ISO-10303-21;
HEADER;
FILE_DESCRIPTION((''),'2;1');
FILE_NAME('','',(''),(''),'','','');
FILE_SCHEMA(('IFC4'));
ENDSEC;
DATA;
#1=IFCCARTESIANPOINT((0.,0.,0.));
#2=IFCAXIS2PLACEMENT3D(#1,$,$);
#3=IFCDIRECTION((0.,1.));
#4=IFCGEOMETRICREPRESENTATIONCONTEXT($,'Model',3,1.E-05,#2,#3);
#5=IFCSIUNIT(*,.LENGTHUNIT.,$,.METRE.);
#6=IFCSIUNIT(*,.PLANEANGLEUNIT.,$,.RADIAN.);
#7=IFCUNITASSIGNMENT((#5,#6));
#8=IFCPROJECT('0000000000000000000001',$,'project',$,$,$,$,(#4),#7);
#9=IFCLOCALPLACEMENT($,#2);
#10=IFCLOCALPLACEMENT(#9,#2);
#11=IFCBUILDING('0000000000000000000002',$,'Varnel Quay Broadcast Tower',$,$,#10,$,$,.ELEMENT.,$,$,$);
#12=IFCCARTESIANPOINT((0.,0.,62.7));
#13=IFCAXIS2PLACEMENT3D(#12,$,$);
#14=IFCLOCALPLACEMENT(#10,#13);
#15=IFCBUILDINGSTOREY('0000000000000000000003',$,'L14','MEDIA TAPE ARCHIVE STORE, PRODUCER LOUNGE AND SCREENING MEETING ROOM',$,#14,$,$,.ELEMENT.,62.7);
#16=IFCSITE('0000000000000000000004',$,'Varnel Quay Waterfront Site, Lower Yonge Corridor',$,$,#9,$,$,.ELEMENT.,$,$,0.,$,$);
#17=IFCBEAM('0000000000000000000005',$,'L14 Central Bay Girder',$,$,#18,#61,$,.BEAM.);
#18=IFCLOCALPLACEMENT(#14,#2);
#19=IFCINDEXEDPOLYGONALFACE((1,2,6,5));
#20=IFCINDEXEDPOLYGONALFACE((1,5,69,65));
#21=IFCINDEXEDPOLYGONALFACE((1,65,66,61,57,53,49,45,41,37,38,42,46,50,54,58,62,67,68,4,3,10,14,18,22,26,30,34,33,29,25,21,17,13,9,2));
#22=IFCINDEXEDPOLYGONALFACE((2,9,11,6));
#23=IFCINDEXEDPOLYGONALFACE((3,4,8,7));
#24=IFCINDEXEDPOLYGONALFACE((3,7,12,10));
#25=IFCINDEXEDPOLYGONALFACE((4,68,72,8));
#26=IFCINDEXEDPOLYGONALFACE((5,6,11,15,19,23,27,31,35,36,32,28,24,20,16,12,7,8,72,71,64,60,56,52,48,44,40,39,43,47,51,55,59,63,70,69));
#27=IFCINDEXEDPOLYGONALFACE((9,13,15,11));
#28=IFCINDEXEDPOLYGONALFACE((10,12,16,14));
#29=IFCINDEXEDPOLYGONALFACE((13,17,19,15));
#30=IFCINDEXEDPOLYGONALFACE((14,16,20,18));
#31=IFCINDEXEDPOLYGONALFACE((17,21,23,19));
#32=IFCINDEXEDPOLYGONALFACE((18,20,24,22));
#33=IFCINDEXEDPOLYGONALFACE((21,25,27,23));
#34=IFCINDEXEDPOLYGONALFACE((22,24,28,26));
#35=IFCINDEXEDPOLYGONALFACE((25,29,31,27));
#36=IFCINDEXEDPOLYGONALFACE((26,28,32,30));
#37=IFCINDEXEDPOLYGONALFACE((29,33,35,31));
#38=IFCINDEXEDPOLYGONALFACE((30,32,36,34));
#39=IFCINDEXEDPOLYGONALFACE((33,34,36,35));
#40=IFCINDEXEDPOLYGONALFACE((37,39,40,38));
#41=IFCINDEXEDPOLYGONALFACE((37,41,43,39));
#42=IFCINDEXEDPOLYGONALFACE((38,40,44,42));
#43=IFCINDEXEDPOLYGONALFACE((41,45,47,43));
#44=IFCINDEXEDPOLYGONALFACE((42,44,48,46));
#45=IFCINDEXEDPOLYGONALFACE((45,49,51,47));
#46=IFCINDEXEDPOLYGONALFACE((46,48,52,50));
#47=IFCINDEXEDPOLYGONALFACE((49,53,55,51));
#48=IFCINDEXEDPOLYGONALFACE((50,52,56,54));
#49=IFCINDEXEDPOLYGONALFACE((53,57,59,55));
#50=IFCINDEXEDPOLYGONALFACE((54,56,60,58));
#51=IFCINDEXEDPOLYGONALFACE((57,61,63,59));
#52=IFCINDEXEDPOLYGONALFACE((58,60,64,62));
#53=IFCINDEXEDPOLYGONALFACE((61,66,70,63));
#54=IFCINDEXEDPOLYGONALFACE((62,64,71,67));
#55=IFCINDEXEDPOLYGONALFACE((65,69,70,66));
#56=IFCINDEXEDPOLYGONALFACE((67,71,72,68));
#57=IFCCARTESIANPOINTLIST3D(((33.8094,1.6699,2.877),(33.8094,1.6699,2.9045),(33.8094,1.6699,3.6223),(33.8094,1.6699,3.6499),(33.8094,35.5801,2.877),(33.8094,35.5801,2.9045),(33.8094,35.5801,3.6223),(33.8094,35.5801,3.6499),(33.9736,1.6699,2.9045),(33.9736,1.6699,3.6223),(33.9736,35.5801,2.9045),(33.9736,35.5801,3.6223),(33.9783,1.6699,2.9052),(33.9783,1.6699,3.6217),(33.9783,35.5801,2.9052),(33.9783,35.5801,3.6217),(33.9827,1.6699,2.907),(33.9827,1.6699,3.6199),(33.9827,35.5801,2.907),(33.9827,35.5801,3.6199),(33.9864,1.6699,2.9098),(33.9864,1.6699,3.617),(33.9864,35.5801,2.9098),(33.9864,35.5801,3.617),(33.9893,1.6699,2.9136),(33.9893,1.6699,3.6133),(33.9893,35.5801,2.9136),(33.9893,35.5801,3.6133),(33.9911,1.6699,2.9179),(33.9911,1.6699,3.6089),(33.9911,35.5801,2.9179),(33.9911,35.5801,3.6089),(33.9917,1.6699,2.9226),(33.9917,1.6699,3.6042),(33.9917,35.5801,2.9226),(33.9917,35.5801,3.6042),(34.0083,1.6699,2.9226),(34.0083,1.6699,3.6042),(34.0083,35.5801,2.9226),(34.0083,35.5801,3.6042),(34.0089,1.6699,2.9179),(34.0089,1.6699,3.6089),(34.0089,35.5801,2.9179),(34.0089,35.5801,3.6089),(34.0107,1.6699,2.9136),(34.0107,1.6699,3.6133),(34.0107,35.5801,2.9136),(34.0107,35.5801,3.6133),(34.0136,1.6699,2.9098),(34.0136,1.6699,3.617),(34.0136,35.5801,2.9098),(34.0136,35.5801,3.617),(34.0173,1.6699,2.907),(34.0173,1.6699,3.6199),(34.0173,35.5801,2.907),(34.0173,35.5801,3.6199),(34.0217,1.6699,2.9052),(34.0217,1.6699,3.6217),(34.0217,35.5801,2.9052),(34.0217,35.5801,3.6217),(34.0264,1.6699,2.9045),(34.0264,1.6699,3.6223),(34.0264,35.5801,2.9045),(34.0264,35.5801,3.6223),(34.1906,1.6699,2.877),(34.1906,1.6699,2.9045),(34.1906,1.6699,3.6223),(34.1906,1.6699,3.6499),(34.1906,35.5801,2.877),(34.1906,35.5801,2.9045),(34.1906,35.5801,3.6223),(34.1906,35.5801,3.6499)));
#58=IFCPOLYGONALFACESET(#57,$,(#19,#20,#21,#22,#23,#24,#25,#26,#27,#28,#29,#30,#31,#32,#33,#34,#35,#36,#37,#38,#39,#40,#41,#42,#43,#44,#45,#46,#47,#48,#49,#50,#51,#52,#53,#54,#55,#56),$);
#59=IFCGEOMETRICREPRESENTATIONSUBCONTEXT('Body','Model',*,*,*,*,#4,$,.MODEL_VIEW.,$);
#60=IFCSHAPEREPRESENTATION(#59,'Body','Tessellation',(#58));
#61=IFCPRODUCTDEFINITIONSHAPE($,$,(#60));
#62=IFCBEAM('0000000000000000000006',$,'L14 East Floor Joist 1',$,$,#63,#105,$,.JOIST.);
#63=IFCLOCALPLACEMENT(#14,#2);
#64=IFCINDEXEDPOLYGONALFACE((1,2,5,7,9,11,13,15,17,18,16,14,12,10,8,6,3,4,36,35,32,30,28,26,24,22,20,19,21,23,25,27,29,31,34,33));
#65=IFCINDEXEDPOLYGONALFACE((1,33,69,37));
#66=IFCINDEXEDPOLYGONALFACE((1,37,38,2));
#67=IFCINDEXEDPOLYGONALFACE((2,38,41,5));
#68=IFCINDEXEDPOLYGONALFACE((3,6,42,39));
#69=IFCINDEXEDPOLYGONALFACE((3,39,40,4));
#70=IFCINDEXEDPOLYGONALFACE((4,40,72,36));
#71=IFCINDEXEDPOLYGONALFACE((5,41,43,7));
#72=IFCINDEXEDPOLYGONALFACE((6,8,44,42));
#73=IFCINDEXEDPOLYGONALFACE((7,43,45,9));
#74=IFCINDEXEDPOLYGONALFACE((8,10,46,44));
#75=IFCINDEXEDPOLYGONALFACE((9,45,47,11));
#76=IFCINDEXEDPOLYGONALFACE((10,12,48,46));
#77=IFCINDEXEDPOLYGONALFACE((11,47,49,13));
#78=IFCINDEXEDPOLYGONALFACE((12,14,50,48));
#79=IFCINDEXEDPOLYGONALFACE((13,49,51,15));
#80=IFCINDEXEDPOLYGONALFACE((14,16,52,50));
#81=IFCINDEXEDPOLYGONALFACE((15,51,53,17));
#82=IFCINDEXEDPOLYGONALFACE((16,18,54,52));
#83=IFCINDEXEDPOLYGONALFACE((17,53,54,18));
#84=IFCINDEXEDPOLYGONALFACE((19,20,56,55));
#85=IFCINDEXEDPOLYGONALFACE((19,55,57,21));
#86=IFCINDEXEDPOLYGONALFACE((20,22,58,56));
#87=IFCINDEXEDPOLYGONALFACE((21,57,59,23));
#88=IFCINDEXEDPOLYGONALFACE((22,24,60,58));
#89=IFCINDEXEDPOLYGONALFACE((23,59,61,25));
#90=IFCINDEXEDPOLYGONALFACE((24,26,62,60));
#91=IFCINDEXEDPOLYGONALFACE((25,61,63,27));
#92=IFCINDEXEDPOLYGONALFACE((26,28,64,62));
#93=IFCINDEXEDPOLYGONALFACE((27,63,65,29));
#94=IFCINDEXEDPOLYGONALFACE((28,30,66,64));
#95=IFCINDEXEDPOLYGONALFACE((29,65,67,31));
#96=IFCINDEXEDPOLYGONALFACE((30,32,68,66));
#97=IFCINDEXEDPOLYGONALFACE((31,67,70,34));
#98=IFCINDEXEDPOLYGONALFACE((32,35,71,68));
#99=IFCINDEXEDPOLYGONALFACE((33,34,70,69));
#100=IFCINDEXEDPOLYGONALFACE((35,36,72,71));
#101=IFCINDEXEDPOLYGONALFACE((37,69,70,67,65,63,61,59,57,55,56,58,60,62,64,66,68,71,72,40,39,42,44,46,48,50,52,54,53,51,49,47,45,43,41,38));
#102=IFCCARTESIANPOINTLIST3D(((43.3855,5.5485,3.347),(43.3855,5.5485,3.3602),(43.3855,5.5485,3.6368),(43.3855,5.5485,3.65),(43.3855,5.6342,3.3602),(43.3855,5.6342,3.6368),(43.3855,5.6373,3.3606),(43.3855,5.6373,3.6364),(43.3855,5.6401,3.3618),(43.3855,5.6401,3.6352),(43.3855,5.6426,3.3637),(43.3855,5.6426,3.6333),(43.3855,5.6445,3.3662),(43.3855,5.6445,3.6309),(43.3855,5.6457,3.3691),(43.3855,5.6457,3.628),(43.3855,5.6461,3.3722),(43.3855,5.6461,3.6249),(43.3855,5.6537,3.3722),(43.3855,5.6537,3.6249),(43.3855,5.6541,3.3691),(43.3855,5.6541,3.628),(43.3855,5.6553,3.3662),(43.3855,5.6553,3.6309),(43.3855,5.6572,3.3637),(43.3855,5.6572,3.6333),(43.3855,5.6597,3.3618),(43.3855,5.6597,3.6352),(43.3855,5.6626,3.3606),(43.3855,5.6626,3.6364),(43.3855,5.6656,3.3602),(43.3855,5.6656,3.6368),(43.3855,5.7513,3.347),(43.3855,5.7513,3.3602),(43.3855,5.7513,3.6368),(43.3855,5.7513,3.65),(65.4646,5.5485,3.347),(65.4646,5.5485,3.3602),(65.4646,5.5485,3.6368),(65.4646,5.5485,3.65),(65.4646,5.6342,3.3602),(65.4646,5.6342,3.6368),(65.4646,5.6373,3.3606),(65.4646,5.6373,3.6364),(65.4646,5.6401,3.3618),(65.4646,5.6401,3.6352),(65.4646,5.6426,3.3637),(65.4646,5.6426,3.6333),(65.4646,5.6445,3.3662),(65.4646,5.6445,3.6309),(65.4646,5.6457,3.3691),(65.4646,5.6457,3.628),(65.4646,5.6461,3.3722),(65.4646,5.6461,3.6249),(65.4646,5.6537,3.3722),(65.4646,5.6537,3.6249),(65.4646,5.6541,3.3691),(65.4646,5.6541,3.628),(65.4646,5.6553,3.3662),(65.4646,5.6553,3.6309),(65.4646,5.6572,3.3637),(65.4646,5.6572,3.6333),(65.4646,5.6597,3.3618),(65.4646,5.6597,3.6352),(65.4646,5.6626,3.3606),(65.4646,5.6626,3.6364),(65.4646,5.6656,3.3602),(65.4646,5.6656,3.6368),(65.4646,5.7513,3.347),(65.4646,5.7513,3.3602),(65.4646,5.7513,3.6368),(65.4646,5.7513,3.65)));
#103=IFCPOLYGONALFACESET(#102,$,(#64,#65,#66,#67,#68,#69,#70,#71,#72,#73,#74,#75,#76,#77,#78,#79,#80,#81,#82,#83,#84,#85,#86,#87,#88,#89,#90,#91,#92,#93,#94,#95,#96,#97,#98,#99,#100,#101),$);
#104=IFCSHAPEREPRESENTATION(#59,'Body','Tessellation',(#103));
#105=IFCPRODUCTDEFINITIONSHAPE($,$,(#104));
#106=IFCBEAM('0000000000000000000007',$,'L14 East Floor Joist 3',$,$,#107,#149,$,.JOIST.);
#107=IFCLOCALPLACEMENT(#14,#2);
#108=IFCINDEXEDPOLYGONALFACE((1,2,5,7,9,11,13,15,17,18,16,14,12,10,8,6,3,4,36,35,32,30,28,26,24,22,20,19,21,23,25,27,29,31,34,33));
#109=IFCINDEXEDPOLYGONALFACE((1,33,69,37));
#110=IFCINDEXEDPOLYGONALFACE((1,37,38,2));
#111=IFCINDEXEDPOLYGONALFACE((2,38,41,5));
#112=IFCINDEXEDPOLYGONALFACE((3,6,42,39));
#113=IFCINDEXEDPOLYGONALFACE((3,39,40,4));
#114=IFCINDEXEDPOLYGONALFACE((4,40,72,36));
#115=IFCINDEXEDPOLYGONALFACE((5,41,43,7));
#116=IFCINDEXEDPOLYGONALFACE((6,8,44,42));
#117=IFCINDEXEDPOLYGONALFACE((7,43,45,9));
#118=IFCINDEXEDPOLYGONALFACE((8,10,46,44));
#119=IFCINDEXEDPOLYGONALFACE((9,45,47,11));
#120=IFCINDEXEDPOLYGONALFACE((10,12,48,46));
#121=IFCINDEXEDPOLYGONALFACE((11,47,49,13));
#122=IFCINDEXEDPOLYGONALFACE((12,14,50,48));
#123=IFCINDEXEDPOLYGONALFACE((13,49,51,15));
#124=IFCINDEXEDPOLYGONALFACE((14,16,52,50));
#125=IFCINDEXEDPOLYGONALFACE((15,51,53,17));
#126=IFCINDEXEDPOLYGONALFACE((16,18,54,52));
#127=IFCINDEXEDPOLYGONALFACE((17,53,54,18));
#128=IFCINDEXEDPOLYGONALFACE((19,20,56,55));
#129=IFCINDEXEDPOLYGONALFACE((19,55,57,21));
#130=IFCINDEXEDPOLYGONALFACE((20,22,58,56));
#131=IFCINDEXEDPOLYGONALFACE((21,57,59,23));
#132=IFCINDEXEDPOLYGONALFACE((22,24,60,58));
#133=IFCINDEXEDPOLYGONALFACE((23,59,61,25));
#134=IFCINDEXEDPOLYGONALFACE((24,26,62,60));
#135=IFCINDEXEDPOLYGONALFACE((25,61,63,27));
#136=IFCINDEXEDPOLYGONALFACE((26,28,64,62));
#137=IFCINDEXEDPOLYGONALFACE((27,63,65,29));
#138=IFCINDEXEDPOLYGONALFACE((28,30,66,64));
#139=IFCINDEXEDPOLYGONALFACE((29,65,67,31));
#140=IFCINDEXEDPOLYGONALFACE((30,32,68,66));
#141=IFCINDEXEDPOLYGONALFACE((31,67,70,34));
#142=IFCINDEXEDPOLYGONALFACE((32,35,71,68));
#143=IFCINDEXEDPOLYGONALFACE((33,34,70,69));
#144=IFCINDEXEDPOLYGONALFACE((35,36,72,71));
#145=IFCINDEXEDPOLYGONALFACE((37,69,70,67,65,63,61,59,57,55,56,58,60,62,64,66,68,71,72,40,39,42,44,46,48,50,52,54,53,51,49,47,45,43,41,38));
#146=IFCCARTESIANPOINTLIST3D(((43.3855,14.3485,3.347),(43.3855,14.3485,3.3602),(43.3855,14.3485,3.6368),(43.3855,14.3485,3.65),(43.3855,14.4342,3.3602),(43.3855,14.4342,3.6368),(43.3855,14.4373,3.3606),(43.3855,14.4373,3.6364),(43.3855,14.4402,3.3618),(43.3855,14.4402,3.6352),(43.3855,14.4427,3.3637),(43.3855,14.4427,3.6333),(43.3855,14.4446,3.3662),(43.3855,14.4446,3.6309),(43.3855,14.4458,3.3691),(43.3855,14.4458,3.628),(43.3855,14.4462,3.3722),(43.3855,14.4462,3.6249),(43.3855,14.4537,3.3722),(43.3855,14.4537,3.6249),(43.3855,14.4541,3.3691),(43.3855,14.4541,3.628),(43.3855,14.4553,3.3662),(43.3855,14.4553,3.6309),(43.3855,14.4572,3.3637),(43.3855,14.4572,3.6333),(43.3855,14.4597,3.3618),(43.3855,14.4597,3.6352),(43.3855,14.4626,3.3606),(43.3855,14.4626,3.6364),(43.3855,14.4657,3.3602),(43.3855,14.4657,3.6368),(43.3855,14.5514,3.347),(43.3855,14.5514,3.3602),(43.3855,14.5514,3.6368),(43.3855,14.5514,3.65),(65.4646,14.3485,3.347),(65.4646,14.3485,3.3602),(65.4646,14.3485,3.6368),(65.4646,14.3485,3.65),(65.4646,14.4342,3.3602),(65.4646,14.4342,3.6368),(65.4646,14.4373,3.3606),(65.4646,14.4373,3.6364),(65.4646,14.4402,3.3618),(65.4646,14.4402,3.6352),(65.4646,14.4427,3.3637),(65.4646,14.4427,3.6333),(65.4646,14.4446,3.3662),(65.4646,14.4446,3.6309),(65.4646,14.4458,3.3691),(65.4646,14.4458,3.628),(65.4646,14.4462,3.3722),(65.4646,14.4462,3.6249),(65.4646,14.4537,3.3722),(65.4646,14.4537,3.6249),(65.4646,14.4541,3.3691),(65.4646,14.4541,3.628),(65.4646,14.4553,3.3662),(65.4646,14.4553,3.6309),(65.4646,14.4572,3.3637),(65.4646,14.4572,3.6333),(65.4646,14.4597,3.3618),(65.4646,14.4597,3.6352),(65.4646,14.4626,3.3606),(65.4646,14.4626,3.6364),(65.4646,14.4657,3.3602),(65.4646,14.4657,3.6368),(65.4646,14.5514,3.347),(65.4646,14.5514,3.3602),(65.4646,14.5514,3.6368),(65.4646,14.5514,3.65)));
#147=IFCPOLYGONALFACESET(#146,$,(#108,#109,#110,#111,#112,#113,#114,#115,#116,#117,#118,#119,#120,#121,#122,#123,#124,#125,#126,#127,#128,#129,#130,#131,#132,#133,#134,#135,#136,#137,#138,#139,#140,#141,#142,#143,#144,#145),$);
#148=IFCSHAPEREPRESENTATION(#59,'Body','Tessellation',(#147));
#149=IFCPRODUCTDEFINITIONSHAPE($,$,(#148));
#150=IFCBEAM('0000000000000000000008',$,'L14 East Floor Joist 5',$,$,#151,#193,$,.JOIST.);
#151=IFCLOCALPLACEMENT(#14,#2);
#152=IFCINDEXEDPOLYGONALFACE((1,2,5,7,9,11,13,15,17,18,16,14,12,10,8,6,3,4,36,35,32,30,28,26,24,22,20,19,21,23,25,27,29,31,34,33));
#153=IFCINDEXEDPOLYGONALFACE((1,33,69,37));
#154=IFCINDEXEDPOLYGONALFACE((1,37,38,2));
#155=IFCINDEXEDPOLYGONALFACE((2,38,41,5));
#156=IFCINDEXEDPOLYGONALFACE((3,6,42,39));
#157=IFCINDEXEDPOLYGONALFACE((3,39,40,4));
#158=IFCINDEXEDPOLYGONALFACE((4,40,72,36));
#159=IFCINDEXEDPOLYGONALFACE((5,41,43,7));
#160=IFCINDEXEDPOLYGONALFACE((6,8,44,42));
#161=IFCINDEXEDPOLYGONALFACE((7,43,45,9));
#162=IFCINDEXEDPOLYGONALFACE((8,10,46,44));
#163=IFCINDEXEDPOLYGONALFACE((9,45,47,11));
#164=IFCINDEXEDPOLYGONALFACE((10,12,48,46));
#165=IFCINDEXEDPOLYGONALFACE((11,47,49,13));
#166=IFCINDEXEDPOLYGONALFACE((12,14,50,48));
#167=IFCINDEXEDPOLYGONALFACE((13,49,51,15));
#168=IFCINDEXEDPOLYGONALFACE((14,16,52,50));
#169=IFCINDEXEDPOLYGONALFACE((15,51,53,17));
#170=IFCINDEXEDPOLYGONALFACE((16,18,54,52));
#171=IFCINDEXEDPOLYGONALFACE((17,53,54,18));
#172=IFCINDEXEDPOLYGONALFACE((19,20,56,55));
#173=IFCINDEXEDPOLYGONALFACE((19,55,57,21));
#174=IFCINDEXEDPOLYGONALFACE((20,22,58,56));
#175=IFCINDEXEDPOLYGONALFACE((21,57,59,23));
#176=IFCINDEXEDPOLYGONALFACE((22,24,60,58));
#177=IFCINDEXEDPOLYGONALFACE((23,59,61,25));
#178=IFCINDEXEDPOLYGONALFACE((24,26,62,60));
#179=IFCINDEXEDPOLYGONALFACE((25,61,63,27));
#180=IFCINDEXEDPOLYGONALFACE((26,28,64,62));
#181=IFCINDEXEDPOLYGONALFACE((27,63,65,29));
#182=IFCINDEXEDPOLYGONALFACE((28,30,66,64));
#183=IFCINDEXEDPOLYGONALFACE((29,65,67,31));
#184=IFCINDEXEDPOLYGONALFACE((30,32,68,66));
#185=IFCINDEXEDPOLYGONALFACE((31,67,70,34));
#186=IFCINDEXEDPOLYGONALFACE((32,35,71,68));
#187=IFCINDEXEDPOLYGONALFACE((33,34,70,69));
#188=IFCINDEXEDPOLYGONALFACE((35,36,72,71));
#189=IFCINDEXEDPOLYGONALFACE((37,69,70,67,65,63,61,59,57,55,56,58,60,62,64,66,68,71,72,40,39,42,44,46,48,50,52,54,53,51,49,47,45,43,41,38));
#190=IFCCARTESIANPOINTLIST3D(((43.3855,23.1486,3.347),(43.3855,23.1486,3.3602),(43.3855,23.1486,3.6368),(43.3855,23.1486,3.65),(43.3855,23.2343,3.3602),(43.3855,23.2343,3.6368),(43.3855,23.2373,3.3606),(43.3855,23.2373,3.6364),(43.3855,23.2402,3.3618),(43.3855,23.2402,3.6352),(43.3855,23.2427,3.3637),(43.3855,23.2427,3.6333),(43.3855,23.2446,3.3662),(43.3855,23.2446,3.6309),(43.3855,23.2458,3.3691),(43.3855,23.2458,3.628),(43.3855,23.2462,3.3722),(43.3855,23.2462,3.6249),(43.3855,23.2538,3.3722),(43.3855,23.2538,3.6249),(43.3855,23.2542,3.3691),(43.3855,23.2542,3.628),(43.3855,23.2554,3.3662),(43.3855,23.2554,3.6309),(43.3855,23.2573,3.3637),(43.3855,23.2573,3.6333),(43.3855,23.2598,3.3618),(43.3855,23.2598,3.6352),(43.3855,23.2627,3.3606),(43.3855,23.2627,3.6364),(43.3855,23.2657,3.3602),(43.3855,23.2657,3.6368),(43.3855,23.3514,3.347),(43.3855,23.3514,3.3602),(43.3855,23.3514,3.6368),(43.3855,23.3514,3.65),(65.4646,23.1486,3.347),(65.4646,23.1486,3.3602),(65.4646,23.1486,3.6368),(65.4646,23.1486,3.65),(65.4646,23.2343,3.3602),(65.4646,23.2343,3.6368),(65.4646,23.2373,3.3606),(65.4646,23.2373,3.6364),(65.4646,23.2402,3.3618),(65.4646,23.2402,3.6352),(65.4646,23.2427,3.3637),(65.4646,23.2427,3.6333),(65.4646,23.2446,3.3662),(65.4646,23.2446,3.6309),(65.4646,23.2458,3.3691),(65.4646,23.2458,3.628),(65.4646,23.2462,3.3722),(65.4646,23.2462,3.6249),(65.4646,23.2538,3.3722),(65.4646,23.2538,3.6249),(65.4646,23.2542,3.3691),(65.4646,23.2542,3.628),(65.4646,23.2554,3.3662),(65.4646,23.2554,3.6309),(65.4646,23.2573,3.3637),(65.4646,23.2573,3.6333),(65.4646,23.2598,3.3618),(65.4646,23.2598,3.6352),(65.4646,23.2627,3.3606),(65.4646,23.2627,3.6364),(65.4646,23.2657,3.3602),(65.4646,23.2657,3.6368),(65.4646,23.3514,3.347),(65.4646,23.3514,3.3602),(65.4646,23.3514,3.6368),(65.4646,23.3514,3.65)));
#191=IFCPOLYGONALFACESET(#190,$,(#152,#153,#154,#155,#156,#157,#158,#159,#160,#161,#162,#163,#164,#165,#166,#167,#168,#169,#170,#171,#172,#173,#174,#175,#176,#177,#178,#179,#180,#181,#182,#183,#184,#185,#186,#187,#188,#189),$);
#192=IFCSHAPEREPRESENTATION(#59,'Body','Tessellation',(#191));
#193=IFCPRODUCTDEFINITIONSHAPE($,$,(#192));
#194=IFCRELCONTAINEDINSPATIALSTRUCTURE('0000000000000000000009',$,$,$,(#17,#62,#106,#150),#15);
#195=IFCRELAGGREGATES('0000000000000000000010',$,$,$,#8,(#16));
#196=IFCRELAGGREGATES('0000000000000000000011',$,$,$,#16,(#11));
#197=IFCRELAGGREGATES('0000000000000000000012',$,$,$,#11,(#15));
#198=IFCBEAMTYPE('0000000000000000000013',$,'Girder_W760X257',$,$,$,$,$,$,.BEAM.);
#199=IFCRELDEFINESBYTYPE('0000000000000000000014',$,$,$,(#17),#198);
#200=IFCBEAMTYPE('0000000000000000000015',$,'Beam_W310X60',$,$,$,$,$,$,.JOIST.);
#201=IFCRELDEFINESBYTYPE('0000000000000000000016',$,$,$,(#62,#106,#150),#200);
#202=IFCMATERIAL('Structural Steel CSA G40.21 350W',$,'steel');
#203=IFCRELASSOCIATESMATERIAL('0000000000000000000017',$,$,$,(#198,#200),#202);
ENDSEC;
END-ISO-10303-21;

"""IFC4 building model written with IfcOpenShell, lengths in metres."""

from ifc_helpers import new_model, si_unit, direction, frame, origin, origin_2d, place, context, subcontext, project, spatial, i_section, extrude, source, transform, mapped, material, material_profile, profile_set, type_object, type_shapes, element, save


model = new_model("IFC4")

# Units and contexts
model_context = context("Model", 3, precision=1e-05, world=origin(), true_north=direction((0.0, 1.0)))
body_context = subcontext(model_context, "Body", "Model", "MODEL_VIEW")
ifc_project = project(units=[si_unit("LENGTHUNIT", "METRE"), si_unit("PLANEANGLEUNIT", "RADIAN")], contexts=[model_context])

# Site, building, storey
site_placement = place(None, origin())
site = spatial("IfcSite", under=ifc_project, at=site_placement, Name="Varnel Quay Waterfront Site, Lower Yonge Corridor", CompositionType="ELEMENT", RefElevation=0.0)
building_placement = place(site_placement, origin())
building = spatial("IfcBuilding", under=site, at=building_placement, Name="Varnel Quay Broadcast Tower", CompositionType="ELEMENT")
storey_placement = place(building_placement, frame((0.0, 0.0, 62.7)))
storey = spatial("IfcBuildingStorey", under=building, at=storey_placement, Name="L14", Description="MEDIA TAPE ARCHIVE STORE, PRODUCER LOUNGE AND SCREENING MEETING ROOM", CompositionType="ELEMENT", Elevation=62.7)

# Shared definitions
ifc_material_1 = material(Name="Structural Steel CSA G40.21 350W", Category="steel")

# Beams
ifc_material_profile_1 = material_profile(ifc_material_1, i_section(OverallWidth=0.3811, OverallDepth=0.7729, WebThickness=0.0166, FlangeThickness=0.0276, FilletRadius=0.0181, at=origin_2d()), Name="W760X257")
ifc_profile_set_1 = profile_set([ifc_material_profile_1], Name="Structural Steel CSA G40.21 350W")
beam_type_1 = type_object("IfcBeamType", Name="Girder_W760X257", PredefinedType="BEAM", material=ifc_profile_set_1)
shared_shape_1 = source(origin(), body_context, "Body", "SweptSolid", [
    extrude(i_section(OverallWidth=0.3811, OverallDepth=0.7729, WebThickness=0.0166, FlangeThickness=0.0276, FilletRadius=0.0181, at=origin_2d()), origin(), (0.0, 0.0, 1.0), 33.9102),
])
beam_1_placement = place(storey_placement, frame((34.0, 1.6699, 3.2634), z_axis=(0.0, 1.0, 0.0), x_axis=(-1.0, 0.0, 0.0)))
element("IfcBeam", 1, at=beam_1_placement, inside=storey, type_object=beam_type_1, Name="L14 Central Bay Girder", PredefinedType="BEAM", context=body_context, shape_type="MappedRepresentation", body=[
    mapped(shared_shape_1, transform((0.0, 0.0, 0.0), x_axis=(1.0, 0.0, 0.0), y_axis=(0.0, 1.0, 0.0), z_axis=(0.0, 0.0, 1.0), scale=1.0)),
])
ifc_material_profile_2 = material_profile(ifc_material_1, i_section(OverallWidth=0.2029, OverallDepth=0.303, WebThickness=0.0076, FlangeThickness=0.0132, FilletRadius=0.012, at=origin_2d()), Name="W310X60")
ifc_profile_set_2 = profile_set([ifc_material_profile_2], Name="Structural Steel CSA G40.21 350W")
beam_type_2 = type_object("IfcBeamType", Name="Beam_W310X60", PredefinedType="JOIST", material=ifc_profile_set_2)
shared_shape_2 = source(origin(), body_context, "Body", "SweptSolid", [
    extrude(i_section(OverallWidth=0.2029, OverallDepth=0.303, WebThickness=0.0076, FlangeThickness=0.0132, FilletRadius=0.012, at=origin_2d()), origin(), (0.0, 0.0, 1.0), 22.0791),
])
type_shapes(beam_type_2, [shared_shape_2])
for number, where, z_axis, x_axis, name in (
    (2, (43.3855, 5.6499, 3.4985), (1.0, 0.0, 0.0), (0.0, 1.0, 0.0), "L14 East Floor Joist 1"),
    (3, (43.3855, 14.45, 3.4985), (1.0, 0.0, 0.0), (0.0, 1.0, 0.0), "L14 East Floor Joist 3"),
    (4, (43.3855, 23.25, 3.4985), (1.0, 0.0, 0.0), (0.0, 1.0, 0.0), "L14 East Floor Joist 5"),
):
    element("IfcBeam", number, at=place(storey_placement, frame(where, z_axis=z_axis, x_axis=x_axis)), inside=storey, type_object=beam_type_2, Name=name, PredefinedType="JOIST", context=body_context, shape_type="MappedRepresentation", body=[
        mapped(shared_shape_2, transform((0.0, 0.0, 0.0), x_axis=(1.0, 0.0, 0.0), y_axis=(0.0, 1.0, 0.0), z_axis=(0.0, 0.0, 1.0), scale=1.0)),
    ])

save(model, "model.ifc")
